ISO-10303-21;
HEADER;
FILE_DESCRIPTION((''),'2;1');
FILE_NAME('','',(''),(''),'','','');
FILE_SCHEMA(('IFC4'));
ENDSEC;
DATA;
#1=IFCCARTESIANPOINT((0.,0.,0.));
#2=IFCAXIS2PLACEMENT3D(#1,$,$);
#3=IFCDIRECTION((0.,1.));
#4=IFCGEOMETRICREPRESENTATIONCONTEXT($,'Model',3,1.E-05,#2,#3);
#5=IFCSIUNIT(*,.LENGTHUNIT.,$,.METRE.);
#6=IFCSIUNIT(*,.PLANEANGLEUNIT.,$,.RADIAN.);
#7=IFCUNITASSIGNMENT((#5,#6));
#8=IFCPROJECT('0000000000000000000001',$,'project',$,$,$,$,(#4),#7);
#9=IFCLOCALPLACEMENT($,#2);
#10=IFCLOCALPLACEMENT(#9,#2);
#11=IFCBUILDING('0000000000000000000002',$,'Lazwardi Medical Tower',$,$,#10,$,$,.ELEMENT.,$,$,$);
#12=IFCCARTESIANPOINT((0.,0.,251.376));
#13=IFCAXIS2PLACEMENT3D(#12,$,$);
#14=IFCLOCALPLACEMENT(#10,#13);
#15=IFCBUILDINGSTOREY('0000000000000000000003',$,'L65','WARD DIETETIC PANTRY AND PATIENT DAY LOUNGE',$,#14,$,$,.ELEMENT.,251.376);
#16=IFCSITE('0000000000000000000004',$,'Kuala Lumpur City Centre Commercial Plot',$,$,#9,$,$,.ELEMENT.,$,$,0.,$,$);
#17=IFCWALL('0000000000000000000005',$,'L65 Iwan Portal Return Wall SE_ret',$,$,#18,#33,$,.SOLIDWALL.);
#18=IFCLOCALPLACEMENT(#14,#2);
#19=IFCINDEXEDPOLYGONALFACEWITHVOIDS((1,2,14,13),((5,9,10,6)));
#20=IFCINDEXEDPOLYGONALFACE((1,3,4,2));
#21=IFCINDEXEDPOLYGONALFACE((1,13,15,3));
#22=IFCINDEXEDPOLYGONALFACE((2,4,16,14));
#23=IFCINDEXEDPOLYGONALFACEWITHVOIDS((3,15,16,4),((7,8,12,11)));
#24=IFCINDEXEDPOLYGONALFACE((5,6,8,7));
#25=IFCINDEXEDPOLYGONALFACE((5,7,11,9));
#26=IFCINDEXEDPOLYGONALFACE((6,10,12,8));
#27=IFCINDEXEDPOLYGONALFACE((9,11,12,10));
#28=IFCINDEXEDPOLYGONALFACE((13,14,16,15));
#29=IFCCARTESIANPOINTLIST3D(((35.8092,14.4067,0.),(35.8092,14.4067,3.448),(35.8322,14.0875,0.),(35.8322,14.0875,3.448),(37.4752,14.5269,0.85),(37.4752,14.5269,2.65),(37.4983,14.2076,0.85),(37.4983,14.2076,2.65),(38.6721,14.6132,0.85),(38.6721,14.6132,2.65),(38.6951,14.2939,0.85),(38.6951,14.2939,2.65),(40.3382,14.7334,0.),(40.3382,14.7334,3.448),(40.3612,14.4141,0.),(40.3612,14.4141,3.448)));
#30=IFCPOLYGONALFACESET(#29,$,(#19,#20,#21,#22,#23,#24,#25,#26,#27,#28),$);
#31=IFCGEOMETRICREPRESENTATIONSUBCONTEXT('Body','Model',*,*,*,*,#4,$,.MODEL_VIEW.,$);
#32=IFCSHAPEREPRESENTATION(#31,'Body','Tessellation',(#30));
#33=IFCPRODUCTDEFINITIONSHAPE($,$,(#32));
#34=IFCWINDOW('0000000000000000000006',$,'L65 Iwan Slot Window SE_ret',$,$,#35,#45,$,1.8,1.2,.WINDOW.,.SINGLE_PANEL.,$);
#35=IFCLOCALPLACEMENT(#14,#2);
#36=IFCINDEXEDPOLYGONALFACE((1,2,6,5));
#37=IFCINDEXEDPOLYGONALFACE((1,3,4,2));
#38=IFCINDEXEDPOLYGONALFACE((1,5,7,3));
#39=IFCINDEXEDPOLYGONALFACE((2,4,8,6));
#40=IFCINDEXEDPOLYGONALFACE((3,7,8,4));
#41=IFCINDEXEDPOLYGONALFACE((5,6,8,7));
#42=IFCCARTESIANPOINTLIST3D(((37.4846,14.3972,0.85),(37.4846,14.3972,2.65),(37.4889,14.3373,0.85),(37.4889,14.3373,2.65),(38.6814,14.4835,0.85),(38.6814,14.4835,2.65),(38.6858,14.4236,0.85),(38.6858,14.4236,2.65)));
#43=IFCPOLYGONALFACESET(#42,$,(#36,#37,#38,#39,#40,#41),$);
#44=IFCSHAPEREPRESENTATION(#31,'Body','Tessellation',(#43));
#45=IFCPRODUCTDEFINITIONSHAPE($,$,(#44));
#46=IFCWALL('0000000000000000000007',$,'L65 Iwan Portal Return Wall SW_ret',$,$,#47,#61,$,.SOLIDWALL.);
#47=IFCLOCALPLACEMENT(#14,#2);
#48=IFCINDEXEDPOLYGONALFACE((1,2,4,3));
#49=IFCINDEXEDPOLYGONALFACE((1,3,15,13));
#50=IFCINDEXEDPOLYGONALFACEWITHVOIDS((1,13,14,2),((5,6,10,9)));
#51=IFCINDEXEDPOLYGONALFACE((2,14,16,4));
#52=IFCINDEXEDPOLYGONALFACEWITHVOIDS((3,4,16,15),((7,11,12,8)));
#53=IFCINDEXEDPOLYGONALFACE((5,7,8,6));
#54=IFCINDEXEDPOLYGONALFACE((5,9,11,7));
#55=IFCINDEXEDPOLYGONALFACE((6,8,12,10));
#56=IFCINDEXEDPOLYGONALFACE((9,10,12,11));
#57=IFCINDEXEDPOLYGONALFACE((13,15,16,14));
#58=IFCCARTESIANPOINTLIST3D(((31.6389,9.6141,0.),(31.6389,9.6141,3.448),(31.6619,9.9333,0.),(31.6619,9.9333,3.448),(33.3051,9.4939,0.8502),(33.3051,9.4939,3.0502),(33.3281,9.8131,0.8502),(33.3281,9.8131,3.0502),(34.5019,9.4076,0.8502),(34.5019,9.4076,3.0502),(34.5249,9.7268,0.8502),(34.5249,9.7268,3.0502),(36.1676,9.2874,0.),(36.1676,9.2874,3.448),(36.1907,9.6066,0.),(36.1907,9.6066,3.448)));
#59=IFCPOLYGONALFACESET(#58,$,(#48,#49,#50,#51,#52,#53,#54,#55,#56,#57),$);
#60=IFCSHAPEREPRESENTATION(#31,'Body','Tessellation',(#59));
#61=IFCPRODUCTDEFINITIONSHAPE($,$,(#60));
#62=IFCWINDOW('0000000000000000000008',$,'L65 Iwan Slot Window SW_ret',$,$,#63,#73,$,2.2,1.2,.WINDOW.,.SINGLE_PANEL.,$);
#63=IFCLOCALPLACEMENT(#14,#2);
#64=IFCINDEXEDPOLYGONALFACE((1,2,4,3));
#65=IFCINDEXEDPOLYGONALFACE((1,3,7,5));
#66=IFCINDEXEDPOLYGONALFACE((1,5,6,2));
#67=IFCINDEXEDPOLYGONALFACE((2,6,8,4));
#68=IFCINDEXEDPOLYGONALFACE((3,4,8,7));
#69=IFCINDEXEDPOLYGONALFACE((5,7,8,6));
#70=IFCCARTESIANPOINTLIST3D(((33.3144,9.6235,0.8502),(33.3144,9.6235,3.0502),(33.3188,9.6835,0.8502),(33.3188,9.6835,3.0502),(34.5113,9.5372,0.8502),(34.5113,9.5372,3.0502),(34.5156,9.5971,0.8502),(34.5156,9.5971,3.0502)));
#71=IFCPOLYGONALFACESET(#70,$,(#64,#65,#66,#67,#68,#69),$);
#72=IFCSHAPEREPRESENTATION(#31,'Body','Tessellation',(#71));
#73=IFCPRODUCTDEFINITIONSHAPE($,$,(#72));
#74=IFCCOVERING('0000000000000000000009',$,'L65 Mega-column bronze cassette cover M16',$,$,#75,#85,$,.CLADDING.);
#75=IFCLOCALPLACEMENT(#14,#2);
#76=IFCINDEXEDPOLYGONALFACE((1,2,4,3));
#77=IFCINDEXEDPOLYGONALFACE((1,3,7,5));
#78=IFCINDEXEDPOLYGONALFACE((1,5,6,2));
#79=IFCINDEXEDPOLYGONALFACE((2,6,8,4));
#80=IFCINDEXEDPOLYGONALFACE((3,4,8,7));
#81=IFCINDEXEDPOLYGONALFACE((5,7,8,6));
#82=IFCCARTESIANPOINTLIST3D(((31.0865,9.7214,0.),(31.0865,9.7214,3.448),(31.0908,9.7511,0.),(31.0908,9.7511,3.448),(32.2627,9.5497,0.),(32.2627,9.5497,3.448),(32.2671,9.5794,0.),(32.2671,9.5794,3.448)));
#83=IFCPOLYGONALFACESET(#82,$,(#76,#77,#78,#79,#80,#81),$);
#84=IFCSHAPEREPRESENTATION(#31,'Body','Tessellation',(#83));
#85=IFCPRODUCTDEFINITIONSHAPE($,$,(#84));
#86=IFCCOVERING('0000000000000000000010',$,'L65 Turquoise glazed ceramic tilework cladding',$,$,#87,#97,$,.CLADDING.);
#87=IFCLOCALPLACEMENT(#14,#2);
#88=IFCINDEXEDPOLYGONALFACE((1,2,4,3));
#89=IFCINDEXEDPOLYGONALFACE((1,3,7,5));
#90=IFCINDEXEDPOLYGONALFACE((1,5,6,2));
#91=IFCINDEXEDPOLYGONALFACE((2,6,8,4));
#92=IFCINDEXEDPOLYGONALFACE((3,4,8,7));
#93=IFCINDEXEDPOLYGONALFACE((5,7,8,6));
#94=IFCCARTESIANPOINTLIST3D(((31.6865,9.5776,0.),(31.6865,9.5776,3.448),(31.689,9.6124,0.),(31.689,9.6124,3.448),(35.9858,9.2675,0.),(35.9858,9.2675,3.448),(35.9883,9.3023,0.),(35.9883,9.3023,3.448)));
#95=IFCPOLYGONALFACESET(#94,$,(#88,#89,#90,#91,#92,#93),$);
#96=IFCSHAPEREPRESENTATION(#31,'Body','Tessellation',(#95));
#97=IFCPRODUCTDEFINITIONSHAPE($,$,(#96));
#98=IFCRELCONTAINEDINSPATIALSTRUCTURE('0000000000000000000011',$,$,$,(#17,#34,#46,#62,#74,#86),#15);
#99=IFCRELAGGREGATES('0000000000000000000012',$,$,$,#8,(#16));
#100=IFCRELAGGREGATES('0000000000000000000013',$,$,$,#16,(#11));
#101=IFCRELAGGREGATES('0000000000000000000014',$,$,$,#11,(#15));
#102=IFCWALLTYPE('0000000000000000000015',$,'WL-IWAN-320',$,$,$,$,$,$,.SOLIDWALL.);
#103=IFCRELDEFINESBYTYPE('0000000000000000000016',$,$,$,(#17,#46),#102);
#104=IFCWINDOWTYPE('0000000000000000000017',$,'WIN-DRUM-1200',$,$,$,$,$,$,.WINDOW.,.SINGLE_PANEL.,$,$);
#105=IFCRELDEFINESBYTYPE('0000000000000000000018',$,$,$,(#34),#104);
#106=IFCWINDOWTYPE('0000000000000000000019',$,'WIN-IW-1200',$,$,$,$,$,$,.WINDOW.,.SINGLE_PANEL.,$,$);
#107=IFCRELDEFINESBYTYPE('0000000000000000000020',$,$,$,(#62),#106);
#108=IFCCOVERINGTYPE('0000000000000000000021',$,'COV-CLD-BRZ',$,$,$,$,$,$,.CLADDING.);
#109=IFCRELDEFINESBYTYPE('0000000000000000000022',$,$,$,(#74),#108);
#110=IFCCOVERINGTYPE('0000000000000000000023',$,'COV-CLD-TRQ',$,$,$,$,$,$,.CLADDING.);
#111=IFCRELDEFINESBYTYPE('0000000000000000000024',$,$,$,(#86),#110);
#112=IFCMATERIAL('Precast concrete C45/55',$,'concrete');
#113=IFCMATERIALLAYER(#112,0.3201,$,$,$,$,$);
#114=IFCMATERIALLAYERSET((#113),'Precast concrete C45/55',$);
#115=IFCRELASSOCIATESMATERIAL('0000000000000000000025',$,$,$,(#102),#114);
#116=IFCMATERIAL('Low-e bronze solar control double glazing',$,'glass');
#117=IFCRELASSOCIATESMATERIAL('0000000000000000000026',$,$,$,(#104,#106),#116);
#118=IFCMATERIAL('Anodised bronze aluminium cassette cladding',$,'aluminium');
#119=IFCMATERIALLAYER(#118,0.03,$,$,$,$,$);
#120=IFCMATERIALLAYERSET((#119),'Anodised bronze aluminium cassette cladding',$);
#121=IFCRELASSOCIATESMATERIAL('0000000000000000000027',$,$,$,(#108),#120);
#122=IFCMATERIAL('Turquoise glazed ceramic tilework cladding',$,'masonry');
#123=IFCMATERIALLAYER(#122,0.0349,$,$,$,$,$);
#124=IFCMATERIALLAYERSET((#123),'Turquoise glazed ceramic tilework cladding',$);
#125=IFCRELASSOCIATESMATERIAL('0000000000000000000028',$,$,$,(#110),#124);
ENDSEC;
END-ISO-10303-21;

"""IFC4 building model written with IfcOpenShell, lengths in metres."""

from ifc_helpers import new_model, si_unit, direction, frame, frame_2d, origin, origin_2d, place, context, subcontext, project, spatial, rectangle, extrude, material, layer, layer_set, type_object, element, fill, save


model = new_model("IFC4")

# Units and contexts
model_context = context("Model", 3, precision=1e-05, world=origin(), true_north=direction((0.0, 1.0)))
body_context = subcontext(model_context, "Body", "Model", "MODEL_VIEW")
ifc_project = project(units=[si_unit("LENGTHUNIT", "METRE"), si_unit("PLANEANGLEUNIT", "RADIAN")], contexts=[model_context])

# Site, building, storey
site_placement = place(None, origin())
site = spatial("IfcSite", under=ifc_project, at=site_placement, Name="Kuala Lumpur City Centre Commercial Plot", CompositionType="ELEMENT", RefElevation=0.0)
building_placement = place(site_placement, origin())
building = spatial("IfcBuilding", under=site, at=building_placement, Name="Lazwardi Medical Tower", CompositionType="ELEMENT")
storey_placement = place(building_placement, frame((0.0, 0.0, 251.376)))
storey = spatial("IfcBuildingStorey", under=building, at=storey_placement, Name="L65", Description="WARD DIETETIC PANTRY AND PATIENT DAY LOUNGE", CompositionType="ELEMENT", Elevation=251.376)

# Shared definitions
ifc_material_1 = material(Name="Low-e bronze solar control double glazing", Category="glass")

# Walls, openings, windows
ifc_material_2 = material(Name="Precast concrete C45/55", Category="concrete")
ifc_layer_1 = layer(ifc_material_2, 0.3201)
ifc_layer_set_1 = layer_set([ifc_layer_1], Name="Precast concrete C45/55")
wall_type_1 = type_object("IfcWallType", Name="WL-IWAN-320", PredefinedType="SOLIDWALL", material=ifc_layer_set_1)
wall_1_placement = place(storey_placement, frame((35.8206, 14.2471, 0.0), z_axis=(0.0, 0.0, 1.0), x_axis=(0.997409, 0.071939, 0.0)))
wall_1 = element("IfcWall", 1, at=wall_1_placement, inside=storey, type_object=wall_type_1, Name="L65 Iwan Portal Return Wall SE_ret", PredefinedType="SOLIDWALL", context=body_context, shape_type="SweptSolid", body=[
    extrude(rectangle(XDim=4.5408, YDim=0.3201, at=frame_2d((2.2705, 0.0))), origin(), (0.0, 0.0, 1.0), 3.448),
])
opening_1_placement = place(wall_1_placement, frame((1.6704, 0.0, 0.8501)))
opening_1 = element("IfcOpeningElement", 2, at=opening_1_placement, cuts=wall_1, PredefinedType="OPENING", context=body_context, shape_type="SweptSolid", body=[
    extrude(rectangle(XDim=1.2, YDim=1.8, at=frame_2d((0.6001, 0.8999))), frame((0.0, 0.1699, 0.0), z_axis=(0.0, -1.0, 0.0), x_axis=(1.0, 0.0, 0.0)), (0.0, 0.0, 1.0), 0.3401),
])
window_type_1 = type_object("IfcWindowType", Name="WIN-DRUM-1200", PartitioningType="SINGLE_PANEL", PredefinedType="WINDOW", material=ifc_material_1)
window_1_placement = place(opening_1_placement, origin())
window_1 = element("IfcWindow", 3, at=window_1_placement, inside=storey, type_object=window_type_1, Name="L65 Iwan Slot Window SE_ret", OverallHeight=1.8, OverallWidth=1.2, PartitioningType="SINGLE_PANEL", PredefinedType="WINDOW", context=body_context, shape_type="SweptSolid", body=[
    extrude(rectangle(XDim=1.2, YDim=1.8, at=frame_2d((0.6001, 0.8999))), frame((0.0, 0.03, 0.0), z_axis=(0.0, -1.0, 0.0), x_axis=(1.0, 0.0, 0.0)), (0.0, 0.0, 1.0), 0.0601),
])
fill(opening_1, window_1)
wall_2_placement = place(storey_placement, frame((31.6504, 9.7737, 0.0), z_axis=(0.0, 0.0, 1.0), x_axis=(0.997409, -0.071942, 0.0)))
wall_2 = element("IfcWall", 4, at=wall_2_placement, inside=storey, type_object=wall_type_1, Name="L65 Iwan Portal Return Wall SW_ret", PredefinedType="SOLIDWALL", context=body_context, shape_type="SweptSolid", body=[
    extrude(rectangle(XDim=4.5405, YDim=0.3201, at=frame_2d((2.2703, 0.0))), origin(), (0.0, 0.0, 1.0), 3.448),
])
opening_2_placement = place(wall_2_placement, frame((1.6704, 0.0, 0.8501)))
opening_2 = element("IfcOpeningElement", 5, at=opening_2_placement, cuts=wall_2, PredefinedType="OPENING", context=body_context, shape_type="SweptSolid", body=[
    extrude(rectangle(XDim=1.2, YDim=2.2, at=frame_2d((0.6001, 1.1001))), frame((0.0, 0.1699, 0.0), z_axis=(0.0, -1.0, 0.0), x_axis=(1.0, 0.0, 0.0)), (0.0, 0.0, 1.0), 0.3401),
])
window_type_2 = type_object("IfcWindowType", Name="WIN-IW-1200", PartitioningType="SINGLE_PANEL", PredefinedType="WINDOW", material=ifc_material_1)
window_2_placement = place(opening_2_placement, origin())
window_2 = element("IfcWindow", 6, at=window_2_placement, inside=storey, type_object=window_type_2, Name="L65 Iwan Slot Window SW_ret", OverallHeight=2.2, OverallWidth=1.2, PartitioningType="SINGLE_PANEL", PredefinedType="WINDOW", context=body_context, shape_type="SweptSolid", body=[
    extrude(rectangle(XDim=1.2, YDim=2.2, at=frame_2d((0.6001, 1.1001))), frame((0.0, 0.03, 0.0), z_axis=(0.0, -1.0, 0.0), x_axis=(1.0, 0.0, 0.0)), (0.0, 0.0, 1.0), 0.0601),
])
fill(opening_2, window_2)

# Coverings
ifc_material_3 = material(Name="Anodised bronze aluminium cassette cladding", Category="aluminium")
ifc_layer_2 = layer(ifc_material_3, 0.03)
ifc_layer_set_2 = layer_set([ifc_layer_2], Name="Anodised bronze aluminium cassette cladding")
covering_type_1 = type_object("IfcCoveringType", Name="COV-CLD-BRZ", PredefinedType="CLADDING", material=ifc_layer_set_2)
covering_1_placement = place(storey_placement, frame((31.6768, 9.6504, 0.0), z_axis=(0.0, 0.0, 1.0), x_axis=(0.989512, -0.144448, 0.0)))
element("IfcCovering", 7, at=covering_1_placement, inside=storey, type_object=covering_type_1, Name="L65 Mega-column bronze cassette cover M16", PredefinedType="CLADDING", context=body_context, shape_type="SweptSolid", body=[
    extrude(rectangle(XDim=1.1887, YDim=0.03, at=origin_2d()), origin(), (0.0, 0.0, 1.0), 3.448),
])
ifc_material_4 = material(Name="Turquoise glazed ceramic tilework cladding", Category="masonry")
ifc_layer_3 = layer(ifc_material_4, 0.0349)
ifc_layer_set_3 = layer_set([ifc_layer_3], Name="Turquoise glazed ceramic tilework cladding")
covering_type_2 = type_object("IfcCoveringType", Name="COV-CLD-TRQ", PredefinedType="CLADDING", material=ifc_layer_set_3)
covering_2_placement = place(storey_placement, frame((33.8374, 9.4399, 0.0), z_axis=(0.0, 0.0, 1.0), x_axis=(0.997409, -0.07194, 0.0)))
element("IfcCovering", 8, at=covering_2_placement, inside=storey, type_object=covering_type_2, Name="L65 Turquoise glazed ceramic tilework cladding", PredefinedType="CLADDING", context=body_context, shape_type="SweptSolid", body=[
    extrude(rectangle(XDim=4.3105, YDim=0.0349, at=origin_2d()), origin(), (0.0, 0.0, 1.0), 3.448),
])

save(model, "model.ifc")
